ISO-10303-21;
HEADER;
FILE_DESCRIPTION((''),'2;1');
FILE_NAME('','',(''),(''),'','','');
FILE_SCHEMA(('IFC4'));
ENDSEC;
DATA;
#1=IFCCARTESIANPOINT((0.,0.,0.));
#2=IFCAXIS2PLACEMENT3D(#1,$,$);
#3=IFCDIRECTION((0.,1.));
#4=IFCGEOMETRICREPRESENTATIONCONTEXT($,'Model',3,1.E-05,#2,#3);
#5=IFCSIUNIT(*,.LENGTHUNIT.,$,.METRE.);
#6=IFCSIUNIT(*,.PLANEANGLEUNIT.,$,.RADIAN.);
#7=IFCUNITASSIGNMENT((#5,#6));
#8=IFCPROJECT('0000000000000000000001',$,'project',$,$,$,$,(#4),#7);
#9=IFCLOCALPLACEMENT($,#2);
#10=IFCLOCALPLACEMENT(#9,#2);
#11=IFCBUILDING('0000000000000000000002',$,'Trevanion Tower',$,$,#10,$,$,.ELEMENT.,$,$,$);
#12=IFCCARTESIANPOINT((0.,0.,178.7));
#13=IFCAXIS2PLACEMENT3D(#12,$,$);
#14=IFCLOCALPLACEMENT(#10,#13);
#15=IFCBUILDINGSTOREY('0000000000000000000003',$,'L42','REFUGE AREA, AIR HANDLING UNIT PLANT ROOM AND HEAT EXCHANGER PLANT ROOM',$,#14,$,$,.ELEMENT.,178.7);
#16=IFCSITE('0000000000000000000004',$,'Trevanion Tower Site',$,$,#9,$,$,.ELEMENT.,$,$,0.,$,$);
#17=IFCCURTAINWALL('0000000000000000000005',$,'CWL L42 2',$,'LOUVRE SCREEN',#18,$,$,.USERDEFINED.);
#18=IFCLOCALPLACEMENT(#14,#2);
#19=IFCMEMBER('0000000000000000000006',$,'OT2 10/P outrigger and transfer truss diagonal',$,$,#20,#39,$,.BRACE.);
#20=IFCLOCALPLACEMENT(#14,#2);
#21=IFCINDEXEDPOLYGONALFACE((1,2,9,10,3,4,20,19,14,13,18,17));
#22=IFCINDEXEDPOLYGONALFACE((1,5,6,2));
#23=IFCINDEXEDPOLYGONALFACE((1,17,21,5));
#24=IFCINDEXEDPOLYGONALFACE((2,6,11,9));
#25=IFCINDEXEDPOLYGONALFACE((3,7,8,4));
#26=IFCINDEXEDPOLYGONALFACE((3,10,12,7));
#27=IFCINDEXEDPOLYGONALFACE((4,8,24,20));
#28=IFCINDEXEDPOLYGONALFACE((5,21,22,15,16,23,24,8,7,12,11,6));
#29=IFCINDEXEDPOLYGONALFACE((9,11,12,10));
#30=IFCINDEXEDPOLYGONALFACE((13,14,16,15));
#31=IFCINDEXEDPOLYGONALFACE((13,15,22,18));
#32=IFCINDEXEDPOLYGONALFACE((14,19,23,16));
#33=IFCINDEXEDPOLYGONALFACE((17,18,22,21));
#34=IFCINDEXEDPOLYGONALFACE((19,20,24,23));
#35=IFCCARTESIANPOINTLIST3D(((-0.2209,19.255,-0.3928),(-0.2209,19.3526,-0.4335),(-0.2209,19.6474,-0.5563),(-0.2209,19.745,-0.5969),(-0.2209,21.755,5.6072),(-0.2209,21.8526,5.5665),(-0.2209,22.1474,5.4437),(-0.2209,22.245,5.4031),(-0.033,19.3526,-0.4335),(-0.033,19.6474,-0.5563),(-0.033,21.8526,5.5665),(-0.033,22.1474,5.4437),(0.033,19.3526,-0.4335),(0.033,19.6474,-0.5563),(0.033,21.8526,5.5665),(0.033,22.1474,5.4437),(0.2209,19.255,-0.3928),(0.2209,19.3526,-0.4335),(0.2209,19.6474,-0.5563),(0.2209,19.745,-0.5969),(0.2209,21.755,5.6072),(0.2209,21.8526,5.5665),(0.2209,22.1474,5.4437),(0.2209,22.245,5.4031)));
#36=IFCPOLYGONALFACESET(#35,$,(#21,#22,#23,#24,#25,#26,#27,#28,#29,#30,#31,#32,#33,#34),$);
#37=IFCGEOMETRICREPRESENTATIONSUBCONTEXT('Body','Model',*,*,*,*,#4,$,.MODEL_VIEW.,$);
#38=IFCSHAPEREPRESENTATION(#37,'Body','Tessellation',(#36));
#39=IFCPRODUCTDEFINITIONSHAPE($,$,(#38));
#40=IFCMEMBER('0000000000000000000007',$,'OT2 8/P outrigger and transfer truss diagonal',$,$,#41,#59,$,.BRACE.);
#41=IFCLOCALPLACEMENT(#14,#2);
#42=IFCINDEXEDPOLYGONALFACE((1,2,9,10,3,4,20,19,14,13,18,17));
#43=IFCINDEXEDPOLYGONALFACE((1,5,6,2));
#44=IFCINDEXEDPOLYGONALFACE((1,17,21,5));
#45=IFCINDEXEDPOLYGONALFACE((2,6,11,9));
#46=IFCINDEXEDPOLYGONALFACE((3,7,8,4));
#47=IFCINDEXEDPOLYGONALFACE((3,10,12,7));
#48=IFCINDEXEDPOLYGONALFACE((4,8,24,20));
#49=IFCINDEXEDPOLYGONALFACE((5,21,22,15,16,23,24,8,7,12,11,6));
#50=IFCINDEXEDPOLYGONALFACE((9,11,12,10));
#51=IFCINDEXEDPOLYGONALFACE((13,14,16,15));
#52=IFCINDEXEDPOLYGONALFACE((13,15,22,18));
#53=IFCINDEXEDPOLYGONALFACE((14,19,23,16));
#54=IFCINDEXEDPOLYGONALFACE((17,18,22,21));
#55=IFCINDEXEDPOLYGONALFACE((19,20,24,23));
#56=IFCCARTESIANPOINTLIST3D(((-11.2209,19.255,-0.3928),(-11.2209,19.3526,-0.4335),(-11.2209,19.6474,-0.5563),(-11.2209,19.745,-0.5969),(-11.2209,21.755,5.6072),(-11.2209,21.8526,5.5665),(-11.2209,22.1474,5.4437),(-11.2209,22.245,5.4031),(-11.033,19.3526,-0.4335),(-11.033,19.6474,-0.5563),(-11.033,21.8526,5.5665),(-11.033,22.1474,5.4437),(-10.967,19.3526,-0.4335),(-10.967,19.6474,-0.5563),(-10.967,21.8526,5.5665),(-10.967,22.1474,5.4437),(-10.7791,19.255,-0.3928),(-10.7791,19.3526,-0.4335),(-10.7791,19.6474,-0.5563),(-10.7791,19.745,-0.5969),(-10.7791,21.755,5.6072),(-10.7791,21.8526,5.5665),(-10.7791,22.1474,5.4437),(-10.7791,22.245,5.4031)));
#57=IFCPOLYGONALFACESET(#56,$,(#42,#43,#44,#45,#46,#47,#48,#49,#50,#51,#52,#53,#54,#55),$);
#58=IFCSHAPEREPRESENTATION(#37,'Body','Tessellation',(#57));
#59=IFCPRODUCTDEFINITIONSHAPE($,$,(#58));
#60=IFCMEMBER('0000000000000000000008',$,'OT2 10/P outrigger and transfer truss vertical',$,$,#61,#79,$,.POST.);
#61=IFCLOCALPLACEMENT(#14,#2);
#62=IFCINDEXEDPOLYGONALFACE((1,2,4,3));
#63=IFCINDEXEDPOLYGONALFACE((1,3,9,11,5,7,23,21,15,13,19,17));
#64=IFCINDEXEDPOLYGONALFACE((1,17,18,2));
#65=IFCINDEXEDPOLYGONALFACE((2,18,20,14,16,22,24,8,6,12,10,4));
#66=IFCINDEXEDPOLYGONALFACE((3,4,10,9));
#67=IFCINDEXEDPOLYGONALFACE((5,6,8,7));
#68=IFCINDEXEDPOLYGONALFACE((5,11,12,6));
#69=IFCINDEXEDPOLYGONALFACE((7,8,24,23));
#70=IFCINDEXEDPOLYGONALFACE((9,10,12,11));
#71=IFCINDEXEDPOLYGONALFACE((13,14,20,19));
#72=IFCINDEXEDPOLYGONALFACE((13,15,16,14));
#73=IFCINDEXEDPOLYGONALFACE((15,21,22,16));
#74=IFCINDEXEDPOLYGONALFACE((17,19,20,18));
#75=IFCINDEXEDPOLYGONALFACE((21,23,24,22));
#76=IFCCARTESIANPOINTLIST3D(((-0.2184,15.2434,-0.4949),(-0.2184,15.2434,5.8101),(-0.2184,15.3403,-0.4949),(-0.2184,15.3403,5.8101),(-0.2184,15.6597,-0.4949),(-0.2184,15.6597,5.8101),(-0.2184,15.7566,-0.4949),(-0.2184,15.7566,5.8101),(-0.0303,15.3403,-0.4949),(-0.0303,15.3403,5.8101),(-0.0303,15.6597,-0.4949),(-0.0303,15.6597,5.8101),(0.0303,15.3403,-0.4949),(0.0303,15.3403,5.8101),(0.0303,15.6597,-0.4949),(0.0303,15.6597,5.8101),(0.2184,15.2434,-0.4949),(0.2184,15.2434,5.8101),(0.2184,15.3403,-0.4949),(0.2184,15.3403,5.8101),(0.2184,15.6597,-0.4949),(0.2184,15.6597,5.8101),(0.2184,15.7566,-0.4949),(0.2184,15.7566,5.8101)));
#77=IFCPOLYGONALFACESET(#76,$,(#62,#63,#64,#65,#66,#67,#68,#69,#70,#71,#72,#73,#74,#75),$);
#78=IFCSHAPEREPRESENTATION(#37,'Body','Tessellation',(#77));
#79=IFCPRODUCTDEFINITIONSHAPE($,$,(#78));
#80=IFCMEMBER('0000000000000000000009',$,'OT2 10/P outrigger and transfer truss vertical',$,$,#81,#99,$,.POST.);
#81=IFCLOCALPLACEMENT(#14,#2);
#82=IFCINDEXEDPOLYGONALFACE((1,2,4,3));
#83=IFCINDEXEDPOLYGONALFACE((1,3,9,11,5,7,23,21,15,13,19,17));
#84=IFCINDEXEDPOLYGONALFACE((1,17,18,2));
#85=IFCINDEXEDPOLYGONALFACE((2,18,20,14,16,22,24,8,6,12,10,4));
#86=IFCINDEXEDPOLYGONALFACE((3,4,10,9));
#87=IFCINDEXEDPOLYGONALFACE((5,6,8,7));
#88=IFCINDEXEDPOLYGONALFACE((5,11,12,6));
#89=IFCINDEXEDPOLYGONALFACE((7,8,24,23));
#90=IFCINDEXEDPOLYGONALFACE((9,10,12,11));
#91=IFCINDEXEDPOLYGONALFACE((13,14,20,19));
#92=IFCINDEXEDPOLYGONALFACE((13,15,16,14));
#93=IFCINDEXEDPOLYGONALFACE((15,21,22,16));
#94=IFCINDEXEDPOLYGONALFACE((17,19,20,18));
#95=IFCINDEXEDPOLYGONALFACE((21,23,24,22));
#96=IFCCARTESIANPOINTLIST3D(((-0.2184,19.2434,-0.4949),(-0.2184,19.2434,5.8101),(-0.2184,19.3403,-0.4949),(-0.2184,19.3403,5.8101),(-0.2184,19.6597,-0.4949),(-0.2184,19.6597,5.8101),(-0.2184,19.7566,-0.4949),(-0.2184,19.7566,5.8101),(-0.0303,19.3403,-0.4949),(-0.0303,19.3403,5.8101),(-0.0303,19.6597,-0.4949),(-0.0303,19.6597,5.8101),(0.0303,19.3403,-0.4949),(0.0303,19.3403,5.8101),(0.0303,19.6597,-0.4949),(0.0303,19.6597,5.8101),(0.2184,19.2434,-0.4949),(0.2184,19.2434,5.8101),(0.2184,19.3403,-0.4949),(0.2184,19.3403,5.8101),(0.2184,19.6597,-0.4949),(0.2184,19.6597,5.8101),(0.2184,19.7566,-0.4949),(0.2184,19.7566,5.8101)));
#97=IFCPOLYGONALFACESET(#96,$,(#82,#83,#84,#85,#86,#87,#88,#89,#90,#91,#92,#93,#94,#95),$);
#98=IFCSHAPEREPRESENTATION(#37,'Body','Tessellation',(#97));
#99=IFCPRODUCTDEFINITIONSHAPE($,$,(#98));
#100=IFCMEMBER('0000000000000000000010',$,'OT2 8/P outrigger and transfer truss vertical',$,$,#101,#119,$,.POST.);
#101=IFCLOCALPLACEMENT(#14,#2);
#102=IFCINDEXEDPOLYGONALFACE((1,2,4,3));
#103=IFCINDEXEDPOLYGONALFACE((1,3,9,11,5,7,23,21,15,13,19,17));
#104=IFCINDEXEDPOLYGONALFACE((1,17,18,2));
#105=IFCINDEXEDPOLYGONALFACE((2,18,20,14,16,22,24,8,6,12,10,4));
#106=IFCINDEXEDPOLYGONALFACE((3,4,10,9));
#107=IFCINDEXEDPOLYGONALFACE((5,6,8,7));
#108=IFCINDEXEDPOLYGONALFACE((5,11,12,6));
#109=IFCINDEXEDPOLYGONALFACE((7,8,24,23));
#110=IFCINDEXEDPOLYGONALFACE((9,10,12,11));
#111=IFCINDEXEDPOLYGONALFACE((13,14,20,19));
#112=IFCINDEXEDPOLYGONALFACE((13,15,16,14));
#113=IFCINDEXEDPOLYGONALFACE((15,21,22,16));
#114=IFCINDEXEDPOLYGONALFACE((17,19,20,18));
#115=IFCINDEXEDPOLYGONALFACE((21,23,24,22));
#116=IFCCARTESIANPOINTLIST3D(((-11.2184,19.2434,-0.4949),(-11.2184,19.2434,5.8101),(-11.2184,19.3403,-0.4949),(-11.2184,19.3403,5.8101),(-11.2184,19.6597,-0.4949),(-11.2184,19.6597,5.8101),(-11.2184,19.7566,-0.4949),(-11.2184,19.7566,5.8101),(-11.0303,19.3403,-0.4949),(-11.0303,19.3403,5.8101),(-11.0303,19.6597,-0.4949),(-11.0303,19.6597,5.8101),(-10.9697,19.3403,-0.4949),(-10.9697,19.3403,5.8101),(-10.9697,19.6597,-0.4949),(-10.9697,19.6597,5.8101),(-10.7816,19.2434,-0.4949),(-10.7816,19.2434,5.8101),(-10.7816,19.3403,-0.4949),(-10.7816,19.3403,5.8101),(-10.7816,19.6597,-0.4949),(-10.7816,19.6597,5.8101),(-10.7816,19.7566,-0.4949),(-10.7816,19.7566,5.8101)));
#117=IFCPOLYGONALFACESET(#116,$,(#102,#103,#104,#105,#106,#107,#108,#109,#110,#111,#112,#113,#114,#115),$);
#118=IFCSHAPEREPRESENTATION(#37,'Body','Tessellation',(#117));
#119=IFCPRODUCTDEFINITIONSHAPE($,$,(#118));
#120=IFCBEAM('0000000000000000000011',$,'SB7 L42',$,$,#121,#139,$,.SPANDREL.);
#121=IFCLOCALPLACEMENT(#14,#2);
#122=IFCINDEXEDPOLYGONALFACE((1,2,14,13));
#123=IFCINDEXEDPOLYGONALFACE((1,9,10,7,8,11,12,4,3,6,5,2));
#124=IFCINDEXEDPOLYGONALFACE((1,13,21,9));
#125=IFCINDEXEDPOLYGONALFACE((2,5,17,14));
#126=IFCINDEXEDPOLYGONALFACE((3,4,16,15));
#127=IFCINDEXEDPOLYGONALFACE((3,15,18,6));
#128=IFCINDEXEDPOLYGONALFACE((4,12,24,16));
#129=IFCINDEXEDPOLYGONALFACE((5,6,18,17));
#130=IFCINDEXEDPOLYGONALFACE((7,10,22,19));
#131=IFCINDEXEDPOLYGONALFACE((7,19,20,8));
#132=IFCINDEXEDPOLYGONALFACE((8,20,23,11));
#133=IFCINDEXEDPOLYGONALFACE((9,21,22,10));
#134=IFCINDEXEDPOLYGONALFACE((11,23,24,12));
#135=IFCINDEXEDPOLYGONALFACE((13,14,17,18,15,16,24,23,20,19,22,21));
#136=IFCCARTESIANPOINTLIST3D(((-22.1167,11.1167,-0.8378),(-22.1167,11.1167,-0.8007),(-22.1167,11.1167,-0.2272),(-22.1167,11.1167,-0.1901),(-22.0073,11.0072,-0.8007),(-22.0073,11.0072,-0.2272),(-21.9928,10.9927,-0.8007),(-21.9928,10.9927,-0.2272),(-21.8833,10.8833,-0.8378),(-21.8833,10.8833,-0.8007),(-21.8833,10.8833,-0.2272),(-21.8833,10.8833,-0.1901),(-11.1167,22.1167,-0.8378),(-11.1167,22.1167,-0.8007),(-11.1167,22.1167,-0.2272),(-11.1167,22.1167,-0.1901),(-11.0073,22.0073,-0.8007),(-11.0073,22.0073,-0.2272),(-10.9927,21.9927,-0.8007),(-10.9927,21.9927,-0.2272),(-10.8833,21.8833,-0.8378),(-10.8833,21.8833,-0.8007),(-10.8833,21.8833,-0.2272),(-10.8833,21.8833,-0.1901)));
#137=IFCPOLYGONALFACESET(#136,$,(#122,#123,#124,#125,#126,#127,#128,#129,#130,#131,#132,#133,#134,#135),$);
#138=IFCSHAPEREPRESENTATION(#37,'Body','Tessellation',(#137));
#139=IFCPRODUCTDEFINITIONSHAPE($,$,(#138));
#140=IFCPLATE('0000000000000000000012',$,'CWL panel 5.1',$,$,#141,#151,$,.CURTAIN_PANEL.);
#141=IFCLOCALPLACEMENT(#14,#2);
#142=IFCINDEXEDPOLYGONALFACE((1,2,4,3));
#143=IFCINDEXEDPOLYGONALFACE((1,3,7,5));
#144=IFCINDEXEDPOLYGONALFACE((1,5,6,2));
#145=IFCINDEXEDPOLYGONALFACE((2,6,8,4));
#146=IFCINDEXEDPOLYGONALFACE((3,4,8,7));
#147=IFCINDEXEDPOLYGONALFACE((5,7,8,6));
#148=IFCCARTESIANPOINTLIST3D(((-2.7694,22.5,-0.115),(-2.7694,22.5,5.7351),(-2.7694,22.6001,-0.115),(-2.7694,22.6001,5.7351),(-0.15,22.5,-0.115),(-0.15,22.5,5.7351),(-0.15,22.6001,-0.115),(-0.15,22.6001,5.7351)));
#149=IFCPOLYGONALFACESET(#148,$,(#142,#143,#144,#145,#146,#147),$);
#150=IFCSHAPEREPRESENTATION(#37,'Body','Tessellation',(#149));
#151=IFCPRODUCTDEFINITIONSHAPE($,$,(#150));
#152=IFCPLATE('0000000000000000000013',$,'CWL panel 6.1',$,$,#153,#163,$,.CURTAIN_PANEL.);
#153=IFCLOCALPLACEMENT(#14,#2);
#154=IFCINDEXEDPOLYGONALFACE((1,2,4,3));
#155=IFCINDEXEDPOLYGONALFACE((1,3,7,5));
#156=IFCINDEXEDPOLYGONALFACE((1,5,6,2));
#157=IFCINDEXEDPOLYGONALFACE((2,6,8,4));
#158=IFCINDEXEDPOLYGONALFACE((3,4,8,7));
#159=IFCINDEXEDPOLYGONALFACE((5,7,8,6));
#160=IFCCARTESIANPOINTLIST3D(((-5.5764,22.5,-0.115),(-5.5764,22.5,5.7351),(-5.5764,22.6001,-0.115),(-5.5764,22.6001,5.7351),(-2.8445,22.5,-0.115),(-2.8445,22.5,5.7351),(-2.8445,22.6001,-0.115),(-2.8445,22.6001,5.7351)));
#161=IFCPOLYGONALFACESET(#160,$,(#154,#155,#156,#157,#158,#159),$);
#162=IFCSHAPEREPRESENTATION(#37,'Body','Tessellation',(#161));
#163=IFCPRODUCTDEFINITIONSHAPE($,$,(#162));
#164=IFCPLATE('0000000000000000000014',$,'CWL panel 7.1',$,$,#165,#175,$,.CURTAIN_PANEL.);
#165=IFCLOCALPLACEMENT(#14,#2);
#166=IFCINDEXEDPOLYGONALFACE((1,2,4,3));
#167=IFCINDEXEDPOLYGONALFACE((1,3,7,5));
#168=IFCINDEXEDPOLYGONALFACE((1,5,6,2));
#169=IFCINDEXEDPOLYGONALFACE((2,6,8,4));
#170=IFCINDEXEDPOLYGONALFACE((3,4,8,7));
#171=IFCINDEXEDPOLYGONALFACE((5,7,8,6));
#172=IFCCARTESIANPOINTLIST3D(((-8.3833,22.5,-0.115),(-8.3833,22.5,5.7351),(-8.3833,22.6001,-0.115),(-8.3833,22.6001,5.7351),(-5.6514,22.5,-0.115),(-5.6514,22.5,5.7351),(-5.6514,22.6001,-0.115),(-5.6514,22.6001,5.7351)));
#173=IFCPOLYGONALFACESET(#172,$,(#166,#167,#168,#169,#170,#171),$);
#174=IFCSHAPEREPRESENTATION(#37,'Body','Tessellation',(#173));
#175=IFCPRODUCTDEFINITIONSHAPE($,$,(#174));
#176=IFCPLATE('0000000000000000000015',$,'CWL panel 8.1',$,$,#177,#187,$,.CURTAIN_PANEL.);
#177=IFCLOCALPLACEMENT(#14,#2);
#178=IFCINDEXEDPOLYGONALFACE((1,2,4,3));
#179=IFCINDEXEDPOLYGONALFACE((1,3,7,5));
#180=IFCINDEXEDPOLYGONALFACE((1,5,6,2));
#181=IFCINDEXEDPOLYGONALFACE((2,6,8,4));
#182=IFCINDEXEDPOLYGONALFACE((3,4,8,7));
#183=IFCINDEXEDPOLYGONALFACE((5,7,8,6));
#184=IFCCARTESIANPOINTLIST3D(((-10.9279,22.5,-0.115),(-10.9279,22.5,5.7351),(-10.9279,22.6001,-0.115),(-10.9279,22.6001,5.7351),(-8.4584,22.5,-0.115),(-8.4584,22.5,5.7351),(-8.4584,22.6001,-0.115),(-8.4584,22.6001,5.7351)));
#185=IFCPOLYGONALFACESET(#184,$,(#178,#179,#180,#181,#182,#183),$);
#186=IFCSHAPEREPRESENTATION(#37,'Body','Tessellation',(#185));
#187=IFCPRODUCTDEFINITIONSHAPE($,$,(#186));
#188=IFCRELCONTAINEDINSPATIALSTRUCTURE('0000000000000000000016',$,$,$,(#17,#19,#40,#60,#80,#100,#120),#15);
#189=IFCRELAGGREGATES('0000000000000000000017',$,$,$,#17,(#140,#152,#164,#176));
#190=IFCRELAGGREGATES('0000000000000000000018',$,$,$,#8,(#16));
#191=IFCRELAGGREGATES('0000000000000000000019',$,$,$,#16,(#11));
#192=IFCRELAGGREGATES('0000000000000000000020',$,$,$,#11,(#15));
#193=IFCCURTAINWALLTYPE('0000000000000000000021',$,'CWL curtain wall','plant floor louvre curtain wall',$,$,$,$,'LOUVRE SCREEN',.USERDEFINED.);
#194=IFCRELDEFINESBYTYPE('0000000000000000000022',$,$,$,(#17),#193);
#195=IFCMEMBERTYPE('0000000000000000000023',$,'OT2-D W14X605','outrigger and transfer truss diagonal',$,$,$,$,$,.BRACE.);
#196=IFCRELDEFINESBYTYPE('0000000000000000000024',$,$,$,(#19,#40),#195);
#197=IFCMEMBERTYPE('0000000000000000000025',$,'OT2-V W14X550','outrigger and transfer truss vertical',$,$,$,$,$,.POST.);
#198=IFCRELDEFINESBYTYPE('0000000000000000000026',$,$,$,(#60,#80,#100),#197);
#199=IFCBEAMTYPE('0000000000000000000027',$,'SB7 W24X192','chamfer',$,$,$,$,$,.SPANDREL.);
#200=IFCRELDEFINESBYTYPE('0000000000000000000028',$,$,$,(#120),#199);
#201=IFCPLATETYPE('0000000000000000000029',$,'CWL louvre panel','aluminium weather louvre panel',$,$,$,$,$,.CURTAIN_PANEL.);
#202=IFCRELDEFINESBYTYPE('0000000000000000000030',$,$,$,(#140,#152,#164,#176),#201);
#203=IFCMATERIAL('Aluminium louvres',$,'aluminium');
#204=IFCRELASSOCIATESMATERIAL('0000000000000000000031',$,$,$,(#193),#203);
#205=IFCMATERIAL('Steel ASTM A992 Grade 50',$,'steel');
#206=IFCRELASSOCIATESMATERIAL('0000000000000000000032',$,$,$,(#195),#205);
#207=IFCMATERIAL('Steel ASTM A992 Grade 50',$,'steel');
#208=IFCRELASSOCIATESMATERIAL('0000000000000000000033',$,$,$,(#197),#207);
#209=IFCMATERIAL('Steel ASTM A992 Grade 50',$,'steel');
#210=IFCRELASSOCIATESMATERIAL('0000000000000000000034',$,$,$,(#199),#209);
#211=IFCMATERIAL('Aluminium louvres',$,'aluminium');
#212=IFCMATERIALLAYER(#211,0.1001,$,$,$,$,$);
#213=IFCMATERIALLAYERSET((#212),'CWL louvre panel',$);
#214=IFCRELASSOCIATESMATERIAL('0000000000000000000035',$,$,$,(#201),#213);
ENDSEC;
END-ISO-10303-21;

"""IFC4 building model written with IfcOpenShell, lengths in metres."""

from ifc_helpers import new_model, si_unit, direction, frame, origin, origin_2d, place, context, subcontext, project, spatial, rectangle, i_section, extrude, material, layer, layer_set, material_profile, profile_set, type_object, element, aggregate, save


model = new_model("IFC4")

# Units and contexts
model_context = context("Model", 3, precision=1e-05, world=origin(), true_north=direction((0.0, 1.0)))
body_context = subcontext(model_context, "Body", "Model", "MODEL_VIEW")
ifc_project = project(units=[si_unit("LENGTHUNIT", "METRE"), si_unit("PLANEANGLEUNIT", "RADIAN")], contexts=[model_context])

# Site, building, storey
site_placement = place(None, origin())
site = spatial("IfcSite", under=ifc_project, at=site_placement, Name="Trevanion Tower Site", CompositionType="ELEMENT", RefElevation=0.0)
building_placement = place(site_placement, origin())
building = spatial("IfcBuilding", under=site, at=building_placement, Name="Trevanion Tower", CompositionType="ELEMENT")
storey_placement = place(building_placement, frame((0.0, 0.0, 178.7)))
storey = spatial("IfcBuildingStorey", under=building, at=storey_placement, Name="L42", Description="REFUGE AREA, AIR HANDLING UNIT PLANT ROOM AND HEAT EXCHANGER PLANT ROOM", CompositionType="ELEMENT", Elevation=178.7)

# Curtain wall
ifc_material_1 = material(Name="Aluminium louvres", Category="aluminium")
curtain_wall_type = type_object("IfcCurtainWallType", Name="CWL curtain wall", Description="plant floor louvre curtain wall", ElementType="LOUVRE SCREEN", PredefinedType="USERDEFINED", material=ifc_material_1)
curtain_wall_1_placement = place(storey_placement, origin())
curtain_wall_1 = element("IfcCurtainWall", 1, at=curtain_wall_1_placement, inside=storey, type_object=curtain_wall_type, Name="CWL L42 2", ObjectType="LOUVRE SCREEN", PredefinedType="USERDEFINED")

# Members
ifc_material_2 = material(Name="Steel ASTM A992 Grade 50", Category="steel")
ifc_material_profile_1 = material_profile(ifc_material_2, i_section(OverallWidth=0.4419, OverallDepth=0.5308, WebThickness=0.0659, FlangeThickness=0.1057, at=origin_2d()), Name="W14X605")
ifc_profile_set_1 = profile_set([ifc_material_profile_1], Name="Steel ASTM A992 Grade 50")
member_type_1 = type_object("IfcMemberType", Name="OT2-D W14X605", Description="outrigger and transfer truss diagonal", PredefinedType="BRACE", material=ifc_profile_set_1)
for number, where, z_axis, x_axis, name in (
    (2, (0.0, 19.5, -0.4949), (0.0, 0.384615, 0.923077), (-1.0, 0.0, 0.0), "OT2 10/P outrigger and transfer truss diagonal"),
    (3, (-11.0, 19.5, -0.4949), (0.0, 0.384615, 0.923077), (-1.0, 0.0, 0.0), "OT2 8/P outrigger and transfer truss diagonal"),
):
    element("IfcMember", number, at=place(storey_placement, frame(where, z_axis=z_axis, x_axis=x_axis)), inside=storey, type_object=member_type_1, Name=name, PredefinedType="BRACE", context=body_context, shape_type="SweptSolid", body=[
        extrude(i_section(OverallWidth=0.4419, OverallDepth=0.5308, WebThickness=0.0659, FlangeThickness=0.1057, at=origin_2d()), origin(), (0.0, 0.0, 1.0), 6.5),
    ])
ifc_material_3 = material(Name="Steel ASTM A992 Grade 50", Category="steel")
ifc_material_profile_2 = material_profile(ifc_material_3, i_section(OverallWidth=0.4368, OverallDepth=0.5132, WebThickness=0.0605, FlangeThickness=0.0969, at=origin_2d()), Name="W14X550")
ifc_profile_set_2 = profile_set([ifc_material_profile_2], Name="Steel ASTM A992 Grade 50")
member_type_2 = type_object("IfcMemberType", Name="OT2-V W14X550", Description="outrigger and transfer truss vertical", PredefinedType="POST", material=ifc_profile_set_2)
for number, where, z_axis, x_axis, name in (
    (4, (0.0, 15.5, -0.4949), (0.0, 0.0, 1.0), (1.0, 0.0, 0.0), "OT2 10/P outrigger and transfer truss vertical"),
    (5, (0.0, 19.5, -0.4949), (0.0, 0.0, 1.0), (1.0, 0.0, 0.0), "OT2 10/P outrigger and transfer truss vertical"),
    (6, (-11.0, 19.5, -0.4949), (0.0, 0.0, 1.0), (1.0, 0.0, 0.0), "OT2 8/P outrigger and transfer truss vertical"),
):
    element("IfcMember", number, at=place(storey_placement, frame(where, z_axis=z_axis, x_axis=x_axis)), inside=storey, type_object=member_type_2, Name=name, PredefinedType="POST", context=body_context, shape_type="SweptSolid", body=[
        extrude(i_section(OverallWidth=0.4368, OverallDepth=0.5132, WebThickness=0.0605, FlangeThickness=0.0969, at=origin_2d()), origin(), (0.0, 0.0, 1.0), 6.3049),
    ])

# Beam
ifc_material_4 = material(Name="Steel ASTM A992 Grade 50", Category="steel")
ifc_material_profile_3 = material_profile(ifc_material_4, i_section(OverallWidth=0.3301, OverallDepth=0.6477, WebThickness=0.0205, FlangeThickness=0.0371, at=origin_2d()), Name="W24X192")
ifc_profile_set_3 = profile_set([ifc_material_profile_3], Name="Steel ASTM A992 Grade 50")
beam_type_1 = type_object("IfcBeamType", Name="SB7 W24X192", Description="chamfer", PredefinedType="SPANDREL", material=ifc_profile_set_3)
beam_placement = place(storey_placement, frame((-11.0, 22.0, -0.5139), z_axis=(-0.707107, -0.707107, 0.0), x_axis=(0.707107, -0.707107, 0.0)))
element("IfcBeam", 7, at=beam_placement, inside=storey, type_object=beam_type_1, Name="SB7 L42", PredefinedType="SPANDREL", context=body_context, shape_type="SweptSolid", body=[
    extrude(i_section(OverallWidth=0.3301, OverallDepth=0.6477, WebThickness=0.0205, FlangeThickness=0.0371, at=origin_2d()), origin(), (0.0, 0.0, 1.0), 15.5564),
])

# Plates
ifc_material_5 = material(Name="Aluminium louvres", Category="aluminium")
ifc_layer = layer(ifc_material_5, 0.1001)
ifc_layer_set = layer_set([ifc_layer], Name="CWL louvre panel")
plate_type = type_object("IfcPlateType", Name="CWL louvre panel", Description="aluminium weather louvre panel", PredefinedType="CURTAIN_PANEL", material=ifc_layer_set)
plate_1_placement = place(storey_placement, frame((-1.4597, 22.55, -0.115), z_axis=(0.0, 0.0, 1.0), x_axis=(-1.0, 0.0, 0.0)))
plate_1 = element("IfcPlate", 8, at=plate_1_placement, type_object=plate_type, Name="CWL panel 5.1", PredefinedType="CURTAIN_PANEL", context=body_context, shape_type="SweptSolid", body=[
    extrude(rectangle(XDim=2.6194, YDim=0.1001, at=origin_2d()), origin(), (0.0, 0.0, 1.0), 5.8501),
])
plate_2_placement = place(storey_placement, frame((-4.2104, 22.55, -0.115), z_axis=(0.0, 0.0, 1.0), x_axis=(-1.0, 0.0, 0.0)))
plate_2 = element("IfcPlate", 9, at=plate_2_placement, type_object=plate_type, Name="CWL panel 6.1", PredefinedType="CURTAIN_PANEL", context=body_context, shape_type="SweptSolid", body=[
    extrude(rectangle(XDim=2.7319, YDim=0.1001, at=origin_2d()), origin(), (0.0, 0.0, 1.0), 5.8501),
])
plate_3_placement = place(storey_placement, frame((-7.0173, 22.55, -0.115), z_axis=(0.0, 0.0, 1.0), x_axis=(-1.0, 0.0, 0.0)))
plate_3 = element("IfcPlate", 10, at=plate_3_placement, type_object=plate_type, Name="CWL panel 7.1", PredefinedType="CURTAIN_PANEL", context=body_context, shape_type="SweptSolid", body=[
    extrude(rectangle(XDim=2.7319, YDim=0.1001, at=origin_2d()), origin(), (0.0, 0.0, 1.0), 5.8501),
])
plate_4_placement = place(storey_placement, frame((-9.6931, 22.55, -0.115), z_axis=(0.0, 0.0, 1.0), x_axis=(-1.0, 0.0, 0.0)))
plate_4 = element("IfcPlate", 11, at=plate_4_placement, type_object=plate_type, Name="CWL panel 8.1", PredefinedType="CURTAIN_PANEL", context=body_context, shape_type="SweptSolid", body=[
    extrude(rectangle(XDim=2.4695, YDim=0.1001, at=origin_2d()), origin(), (0.0, 0.0, 1.0), 5.8501),
])
aggregate(curtain_wall_1, [plate_1, plate_2, plate_3, plate_4])

save(model, "model.ifc")
